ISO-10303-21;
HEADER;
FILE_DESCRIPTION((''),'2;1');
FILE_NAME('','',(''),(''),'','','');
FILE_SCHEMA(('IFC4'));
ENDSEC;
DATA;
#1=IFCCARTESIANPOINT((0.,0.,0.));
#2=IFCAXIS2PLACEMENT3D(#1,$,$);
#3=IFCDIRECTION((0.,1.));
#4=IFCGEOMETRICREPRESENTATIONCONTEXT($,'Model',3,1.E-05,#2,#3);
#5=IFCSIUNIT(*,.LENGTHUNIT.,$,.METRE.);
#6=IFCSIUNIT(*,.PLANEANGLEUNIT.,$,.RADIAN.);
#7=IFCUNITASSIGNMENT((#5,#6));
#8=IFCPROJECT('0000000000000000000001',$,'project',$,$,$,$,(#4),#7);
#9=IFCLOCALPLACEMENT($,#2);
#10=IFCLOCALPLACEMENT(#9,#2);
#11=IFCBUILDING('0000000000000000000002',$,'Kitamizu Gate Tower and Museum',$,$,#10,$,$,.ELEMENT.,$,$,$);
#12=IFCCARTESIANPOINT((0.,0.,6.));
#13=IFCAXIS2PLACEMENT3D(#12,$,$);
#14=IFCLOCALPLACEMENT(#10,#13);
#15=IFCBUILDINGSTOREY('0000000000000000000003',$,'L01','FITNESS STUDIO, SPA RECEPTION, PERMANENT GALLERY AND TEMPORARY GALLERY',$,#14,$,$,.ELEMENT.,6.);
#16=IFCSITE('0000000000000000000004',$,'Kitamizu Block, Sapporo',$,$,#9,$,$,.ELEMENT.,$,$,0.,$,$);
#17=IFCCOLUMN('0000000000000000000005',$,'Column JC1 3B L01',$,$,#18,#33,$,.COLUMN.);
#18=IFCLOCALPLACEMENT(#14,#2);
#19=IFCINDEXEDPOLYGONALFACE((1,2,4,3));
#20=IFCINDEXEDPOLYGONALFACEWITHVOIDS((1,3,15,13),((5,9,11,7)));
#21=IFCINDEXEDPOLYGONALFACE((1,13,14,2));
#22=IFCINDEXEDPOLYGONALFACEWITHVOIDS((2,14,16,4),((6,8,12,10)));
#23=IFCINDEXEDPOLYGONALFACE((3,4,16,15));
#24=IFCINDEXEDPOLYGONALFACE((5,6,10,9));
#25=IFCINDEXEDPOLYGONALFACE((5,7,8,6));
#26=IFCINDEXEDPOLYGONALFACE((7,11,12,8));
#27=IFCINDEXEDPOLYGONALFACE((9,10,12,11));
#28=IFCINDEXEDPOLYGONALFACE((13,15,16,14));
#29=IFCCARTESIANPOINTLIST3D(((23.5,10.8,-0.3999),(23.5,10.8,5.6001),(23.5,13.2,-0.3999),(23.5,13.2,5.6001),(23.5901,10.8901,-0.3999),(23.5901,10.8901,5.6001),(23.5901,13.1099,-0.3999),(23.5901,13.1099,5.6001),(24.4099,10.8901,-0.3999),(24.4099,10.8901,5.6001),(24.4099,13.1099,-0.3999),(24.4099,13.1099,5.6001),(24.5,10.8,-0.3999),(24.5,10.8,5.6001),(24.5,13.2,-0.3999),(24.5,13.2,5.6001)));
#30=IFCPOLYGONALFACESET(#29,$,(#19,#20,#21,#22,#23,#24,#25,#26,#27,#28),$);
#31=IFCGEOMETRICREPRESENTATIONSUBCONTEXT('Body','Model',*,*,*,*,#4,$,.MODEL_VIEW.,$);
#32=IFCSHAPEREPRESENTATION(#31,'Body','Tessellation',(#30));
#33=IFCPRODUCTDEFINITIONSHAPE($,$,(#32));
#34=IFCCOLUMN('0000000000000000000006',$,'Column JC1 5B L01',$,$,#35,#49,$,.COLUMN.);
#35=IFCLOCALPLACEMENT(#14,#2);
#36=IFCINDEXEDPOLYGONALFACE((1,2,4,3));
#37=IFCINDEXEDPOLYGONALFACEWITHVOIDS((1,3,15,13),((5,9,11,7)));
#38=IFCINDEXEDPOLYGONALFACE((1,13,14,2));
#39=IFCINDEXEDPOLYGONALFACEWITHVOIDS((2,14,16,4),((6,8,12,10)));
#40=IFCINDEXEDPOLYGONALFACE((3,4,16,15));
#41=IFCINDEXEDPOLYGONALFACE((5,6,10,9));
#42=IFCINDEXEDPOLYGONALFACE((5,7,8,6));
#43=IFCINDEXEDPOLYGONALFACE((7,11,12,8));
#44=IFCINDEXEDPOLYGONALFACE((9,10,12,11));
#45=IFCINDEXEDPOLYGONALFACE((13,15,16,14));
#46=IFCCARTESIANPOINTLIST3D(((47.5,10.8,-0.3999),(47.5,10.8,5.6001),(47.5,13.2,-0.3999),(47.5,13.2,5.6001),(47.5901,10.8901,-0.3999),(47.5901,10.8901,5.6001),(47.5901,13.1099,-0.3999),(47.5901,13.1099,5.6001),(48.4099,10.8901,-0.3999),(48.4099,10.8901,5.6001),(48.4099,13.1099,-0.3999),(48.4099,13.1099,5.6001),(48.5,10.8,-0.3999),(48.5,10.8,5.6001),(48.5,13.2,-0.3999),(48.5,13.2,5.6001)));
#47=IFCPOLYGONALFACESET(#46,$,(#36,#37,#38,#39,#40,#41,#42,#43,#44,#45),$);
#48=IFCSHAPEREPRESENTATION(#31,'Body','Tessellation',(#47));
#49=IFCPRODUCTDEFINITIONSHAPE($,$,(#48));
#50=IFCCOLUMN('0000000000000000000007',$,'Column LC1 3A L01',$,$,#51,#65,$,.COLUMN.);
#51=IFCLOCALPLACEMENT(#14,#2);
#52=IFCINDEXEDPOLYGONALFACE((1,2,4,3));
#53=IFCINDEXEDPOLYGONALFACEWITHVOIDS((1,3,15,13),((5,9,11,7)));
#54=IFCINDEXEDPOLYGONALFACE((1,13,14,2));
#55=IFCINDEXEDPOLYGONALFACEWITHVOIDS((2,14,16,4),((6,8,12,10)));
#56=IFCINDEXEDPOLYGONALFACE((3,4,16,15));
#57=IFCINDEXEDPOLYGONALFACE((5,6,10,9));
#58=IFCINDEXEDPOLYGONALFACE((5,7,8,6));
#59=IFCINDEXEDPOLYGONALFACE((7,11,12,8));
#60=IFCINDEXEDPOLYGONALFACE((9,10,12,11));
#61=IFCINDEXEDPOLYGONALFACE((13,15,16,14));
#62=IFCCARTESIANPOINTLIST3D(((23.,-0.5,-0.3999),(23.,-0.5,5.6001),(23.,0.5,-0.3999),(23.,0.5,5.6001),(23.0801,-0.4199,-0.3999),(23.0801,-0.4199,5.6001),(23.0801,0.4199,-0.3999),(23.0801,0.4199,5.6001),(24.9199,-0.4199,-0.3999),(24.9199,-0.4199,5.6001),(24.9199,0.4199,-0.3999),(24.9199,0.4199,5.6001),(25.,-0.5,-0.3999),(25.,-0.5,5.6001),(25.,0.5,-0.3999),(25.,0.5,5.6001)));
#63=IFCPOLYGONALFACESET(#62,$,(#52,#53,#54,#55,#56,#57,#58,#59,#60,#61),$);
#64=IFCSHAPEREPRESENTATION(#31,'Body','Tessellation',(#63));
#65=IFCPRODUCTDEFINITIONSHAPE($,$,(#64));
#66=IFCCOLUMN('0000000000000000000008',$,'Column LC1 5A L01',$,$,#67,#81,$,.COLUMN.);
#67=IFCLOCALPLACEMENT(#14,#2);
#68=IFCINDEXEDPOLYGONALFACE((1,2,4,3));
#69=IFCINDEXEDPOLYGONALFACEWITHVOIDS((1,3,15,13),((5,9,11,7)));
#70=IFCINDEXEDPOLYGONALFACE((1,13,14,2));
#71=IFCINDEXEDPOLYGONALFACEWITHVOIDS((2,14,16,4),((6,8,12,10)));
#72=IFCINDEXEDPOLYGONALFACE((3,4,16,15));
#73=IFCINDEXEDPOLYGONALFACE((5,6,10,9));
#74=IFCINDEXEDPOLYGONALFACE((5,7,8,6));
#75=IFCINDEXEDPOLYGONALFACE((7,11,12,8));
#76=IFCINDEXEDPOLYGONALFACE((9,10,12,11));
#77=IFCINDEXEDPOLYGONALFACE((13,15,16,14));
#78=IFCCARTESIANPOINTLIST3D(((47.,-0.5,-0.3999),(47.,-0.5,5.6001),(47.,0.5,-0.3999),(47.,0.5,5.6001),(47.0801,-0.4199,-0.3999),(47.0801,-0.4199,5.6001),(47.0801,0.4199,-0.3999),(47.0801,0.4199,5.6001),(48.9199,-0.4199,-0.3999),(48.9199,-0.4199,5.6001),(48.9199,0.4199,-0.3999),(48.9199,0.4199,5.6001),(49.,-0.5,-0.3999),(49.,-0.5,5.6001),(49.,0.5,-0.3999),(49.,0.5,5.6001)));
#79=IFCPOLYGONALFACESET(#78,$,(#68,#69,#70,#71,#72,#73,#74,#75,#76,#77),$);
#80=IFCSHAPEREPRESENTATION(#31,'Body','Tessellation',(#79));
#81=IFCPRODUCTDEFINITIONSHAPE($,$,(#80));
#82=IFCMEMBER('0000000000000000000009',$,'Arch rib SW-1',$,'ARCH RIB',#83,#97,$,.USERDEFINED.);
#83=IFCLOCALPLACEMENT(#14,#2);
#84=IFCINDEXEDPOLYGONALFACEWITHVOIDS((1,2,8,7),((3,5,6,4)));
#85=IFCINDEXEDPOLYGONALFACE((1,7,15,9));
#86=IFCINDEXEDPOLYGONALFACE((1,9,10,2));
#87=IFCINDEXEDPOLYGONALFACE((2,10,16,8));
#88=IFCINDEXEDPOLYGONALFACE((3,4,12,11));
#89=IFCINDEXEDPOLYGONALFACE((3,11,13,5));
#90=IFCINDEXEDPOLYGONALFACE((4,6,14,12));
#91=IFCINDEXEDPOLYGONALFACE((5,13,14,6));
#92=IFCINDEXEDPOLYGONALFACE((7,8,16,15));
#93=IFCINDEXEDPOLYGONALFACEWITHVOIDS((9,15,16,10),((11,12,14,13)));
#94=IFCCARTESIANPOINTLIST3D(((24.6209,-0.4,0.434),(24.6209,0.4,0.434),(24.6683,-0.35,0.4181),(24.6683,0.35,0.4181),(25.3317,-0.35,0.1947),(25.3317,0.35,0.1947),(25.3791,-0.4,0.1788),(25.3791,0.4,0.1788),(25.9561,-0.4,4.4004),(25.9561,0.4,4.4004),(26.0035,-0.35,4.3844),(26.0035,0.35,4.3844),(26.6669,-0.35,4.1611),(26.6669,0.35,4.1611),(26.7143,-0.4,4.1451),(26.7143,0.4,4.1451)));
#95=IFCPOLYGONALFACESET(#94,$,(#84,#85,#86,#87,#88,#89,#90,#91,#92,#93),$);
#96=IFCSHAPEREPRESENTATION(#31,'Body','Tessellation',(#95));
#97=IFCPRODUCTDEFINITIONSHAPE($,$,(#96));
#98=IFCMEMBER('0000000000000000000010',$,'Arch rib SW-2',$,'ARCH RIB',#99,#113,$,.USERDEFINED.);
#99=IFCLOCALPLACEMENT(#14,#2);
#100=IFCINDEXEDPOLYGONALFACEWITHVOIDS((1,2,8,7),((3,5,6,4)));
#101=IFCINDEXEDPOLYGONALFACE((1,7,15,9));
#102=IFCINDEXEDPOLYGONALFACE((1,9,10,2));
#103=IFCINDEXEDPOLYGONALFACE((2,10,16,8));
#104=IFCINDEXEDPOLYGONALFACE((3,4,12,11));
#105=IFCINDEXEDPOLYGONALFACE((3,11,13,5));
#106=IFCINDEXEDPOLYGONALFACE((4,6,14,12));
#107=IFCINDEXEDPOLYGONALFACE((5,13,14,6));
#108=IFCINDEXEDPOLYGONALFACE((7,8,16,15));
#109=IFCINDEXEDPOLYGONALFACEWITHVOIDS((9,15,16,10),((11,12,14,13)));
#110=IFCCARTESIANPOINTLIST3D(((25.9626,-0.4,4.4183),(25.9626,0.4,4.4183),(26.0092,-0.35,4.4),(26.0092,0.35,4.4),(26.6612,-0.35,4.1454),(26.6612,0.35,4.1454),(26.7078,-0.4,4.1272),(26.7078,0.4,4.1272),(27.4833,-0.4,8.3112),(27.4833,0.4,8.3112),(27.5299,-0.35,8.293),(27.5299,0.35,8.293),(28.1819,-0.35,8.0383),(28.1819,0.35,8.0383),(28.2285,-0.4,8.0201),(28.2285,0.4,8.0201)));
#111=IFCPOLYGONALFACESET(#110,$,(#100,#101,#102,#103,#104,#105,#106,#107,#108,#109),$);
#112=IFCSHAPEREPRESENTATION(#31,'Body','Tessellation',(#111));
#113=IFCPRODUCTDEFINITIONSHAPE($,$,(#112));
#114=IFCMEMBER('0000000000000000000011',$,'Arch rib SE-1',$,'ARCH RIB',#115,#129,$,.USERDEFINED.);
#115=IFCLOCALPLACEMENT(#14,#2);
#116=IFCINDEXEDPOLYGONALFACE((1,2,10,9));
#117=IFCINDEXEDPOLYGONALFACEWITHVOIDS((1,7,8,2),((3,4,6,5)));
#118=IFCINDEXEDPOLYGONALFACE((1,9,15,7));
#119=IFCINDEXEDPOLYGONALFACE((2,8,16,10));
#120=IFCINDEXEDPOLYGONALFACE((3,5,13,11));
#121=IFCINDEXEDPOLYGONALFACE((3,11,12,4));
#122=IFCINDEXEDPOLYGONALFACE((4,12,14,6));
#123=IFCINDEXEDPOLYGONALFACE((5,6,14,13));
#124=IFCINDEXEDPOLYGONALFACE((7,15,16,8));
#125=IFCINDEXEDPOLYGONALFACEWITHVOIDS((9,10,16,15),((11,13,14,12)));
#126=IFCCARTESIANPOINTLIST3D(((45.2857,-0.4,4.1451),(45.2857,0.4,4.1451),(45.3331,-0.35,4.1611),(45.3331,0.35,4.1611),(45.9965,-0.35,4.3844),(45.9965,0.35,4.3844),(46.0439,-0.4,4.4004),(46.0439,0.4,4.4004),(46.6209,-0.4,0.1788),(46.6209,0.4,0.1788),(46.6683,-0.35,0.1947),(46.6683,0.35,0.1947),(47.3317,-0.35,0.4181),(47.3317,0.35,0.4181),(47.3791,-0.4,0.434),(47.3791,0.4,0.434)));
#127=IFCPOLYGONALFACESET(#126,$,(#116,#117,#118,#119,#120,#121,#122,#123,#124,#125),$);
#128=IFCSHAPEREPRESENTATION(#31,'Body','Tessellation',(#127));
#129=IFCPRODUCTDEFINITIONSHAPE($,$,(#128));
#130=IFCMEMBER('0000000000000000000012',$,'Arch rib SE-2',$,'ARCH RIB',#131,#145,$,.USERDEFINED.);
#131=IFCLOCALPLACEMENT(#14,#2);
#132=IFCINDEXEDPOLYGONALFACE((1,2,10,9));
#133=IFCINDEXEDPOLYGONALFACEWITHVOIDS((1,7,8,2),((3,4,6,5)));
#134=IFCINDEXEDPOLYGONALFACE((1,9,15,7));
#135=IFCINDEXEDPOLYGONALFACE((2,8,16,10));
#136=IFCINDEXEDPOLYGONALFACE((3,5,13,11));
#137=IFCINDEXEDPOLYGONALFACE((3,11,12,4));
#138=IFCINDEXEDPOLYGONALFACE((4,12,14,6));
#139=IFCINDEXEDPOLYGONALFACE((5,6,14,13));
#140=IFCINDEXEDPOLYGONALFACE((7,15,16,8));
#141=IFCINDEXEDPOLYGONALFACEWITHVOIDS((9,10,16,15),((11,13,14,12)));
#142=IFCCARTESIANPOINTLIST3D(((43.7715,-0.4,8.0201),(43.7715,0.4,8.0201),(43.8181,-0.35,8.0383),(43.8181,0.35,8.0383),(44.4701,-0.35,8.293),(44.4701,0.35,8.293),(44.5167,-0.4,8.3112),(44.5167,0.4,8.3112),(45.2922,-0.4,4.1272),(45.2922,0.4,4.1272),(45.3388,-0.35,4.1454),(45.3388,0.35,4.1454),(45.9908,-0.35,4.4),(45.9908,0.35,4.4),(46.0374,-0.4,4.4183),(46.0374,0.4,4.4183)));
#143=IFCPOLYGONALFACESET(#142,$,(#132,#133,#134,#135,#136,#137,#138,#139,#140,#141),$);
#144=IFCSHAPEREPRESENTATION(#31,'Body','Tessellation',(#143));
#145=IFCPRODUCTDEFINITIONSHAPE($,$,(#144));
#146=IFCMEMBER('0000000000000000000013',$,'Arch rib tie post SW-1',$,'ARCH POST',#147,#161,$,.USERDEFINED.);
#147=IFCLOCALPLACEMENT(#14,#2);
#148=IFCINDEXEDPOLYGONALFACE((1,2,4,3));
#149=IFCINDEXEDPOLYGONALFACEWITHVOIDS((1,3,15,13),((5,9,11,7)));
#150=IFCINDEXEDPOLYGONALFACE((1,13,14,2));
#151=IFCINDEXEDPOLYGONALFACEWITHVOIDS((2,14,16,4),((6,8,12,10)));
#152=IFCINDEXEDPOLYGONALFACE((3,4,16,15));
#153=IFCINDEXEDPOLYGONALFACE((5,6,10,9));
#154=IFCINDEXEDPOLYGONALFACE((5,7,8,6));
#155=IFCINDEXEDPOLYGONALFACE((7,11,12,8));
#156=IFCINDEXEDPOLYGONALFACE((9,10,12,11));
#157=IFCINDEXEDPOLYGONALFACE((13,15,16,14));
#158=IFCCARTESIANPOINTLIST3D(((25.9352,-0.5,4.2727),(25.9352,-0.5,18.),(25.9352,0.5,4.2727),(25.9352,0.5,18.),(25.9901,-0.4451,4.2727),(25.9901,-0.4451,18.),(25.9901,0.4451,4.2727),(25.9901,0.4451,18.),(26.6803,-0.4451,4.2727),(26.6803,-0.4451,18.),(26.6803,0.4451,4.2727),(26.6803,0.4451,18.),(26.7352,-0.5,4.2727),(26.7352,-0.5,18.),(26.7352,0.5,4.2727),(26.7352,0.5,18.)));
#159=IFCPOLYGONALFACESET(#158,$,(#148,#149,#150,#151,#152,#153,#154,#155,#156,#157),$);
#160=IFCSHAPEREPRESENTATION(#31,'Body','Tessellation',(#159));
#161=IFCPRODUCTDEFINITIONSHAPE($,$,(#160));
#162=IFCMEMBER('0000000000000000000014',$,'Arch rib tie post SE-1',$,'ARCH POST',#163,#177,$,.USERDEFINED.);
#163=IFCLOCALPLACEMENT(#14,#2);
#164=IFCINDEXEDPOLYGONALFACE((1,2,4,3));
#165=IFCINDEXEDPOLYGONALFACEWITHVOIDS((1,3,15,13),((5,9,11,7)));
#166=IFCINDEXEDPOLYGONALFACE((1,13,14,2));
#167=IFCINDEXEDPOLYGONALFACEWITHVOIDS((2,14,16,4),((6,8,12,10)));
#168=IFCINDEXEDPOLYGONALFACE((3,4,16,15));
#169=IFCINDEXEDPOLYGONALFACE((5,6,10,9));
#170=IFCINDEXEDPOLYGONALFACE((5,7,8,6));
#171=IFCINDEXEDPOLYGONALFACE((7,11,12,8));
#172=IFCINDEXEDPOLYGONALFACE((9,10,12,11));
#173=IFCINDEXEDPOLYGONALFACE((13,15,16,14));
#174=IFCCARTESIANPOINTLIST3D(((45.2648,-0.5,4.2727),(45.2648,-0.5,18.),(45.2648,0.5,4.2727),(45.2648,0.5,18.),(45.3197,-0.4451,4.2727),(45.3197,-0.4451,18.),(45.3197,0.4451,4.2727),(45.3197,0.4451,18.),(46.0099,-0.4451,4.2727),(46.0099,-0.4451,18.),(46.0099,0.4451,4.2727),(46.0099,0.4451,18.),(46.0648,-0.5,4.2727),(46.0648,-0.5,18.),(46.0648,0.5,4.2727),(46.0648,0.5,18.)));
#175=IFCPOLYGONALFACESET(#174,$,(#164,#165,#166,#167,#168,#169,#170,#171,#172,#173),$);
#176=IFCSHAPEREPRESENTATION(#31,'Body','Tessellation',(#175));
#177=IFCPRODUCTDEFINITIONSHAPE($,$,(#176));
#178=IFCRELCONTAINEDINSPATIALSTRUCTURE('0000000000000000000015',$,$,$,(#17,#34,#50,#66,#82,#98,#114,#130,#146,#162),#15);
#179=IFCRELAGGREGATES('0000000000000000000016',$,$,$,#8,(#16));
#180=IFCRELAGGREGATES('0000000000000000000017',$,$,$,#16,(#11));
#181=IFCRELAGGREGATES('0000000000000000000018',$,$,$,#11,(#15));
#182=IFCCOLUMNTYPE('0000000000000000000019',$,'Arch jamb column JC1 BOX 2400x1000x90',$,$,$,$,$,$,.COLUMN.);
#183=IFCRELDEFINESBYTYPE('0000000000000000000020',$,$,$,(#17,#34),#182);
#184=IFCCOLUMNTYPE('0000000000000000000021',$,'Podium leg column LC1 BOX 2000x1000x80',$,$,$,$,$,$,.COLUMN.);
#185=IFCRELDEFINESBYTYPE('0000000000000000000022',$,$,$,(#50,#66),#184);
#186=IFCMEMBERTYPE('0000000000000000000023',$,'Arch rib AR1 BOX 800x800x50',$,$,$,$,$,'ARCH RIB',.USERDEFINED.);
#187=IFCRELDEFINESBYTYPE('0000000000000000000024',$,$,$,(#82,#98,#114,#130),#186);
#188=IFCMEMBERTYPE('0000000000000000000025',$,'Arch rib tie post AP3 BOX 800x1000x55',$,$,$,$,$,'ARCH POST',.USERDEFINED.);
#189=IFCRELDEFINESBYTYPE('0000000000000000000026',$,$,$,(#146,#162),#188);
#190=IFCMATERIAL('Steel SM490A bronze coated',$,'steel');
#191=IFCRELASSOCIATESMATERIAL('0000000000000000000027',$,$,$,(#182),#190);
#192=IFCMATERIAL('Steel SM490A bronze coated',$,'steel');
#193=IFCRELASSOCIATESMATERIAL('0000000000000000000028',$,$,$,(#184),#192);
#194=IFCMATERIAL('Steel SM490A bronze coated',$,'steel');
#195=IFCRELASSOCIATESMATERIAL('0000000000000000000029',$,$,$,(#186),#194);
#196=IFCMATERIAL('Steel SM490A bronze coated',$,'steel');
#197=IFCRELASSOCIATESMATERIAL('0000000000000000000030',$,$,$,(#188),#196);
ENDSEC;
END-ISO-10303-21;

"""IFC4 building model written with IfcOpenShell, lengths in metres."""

from ifc_helpers import new_model, si_unit, direction, frame, origin, origin_2d, place, context, subcontext, project, spatial, hollow_rectangle, extrude, material, material_profile, profile_set, type_object, element, save


model = new_model("IFC4")

# Units and contexts
model_context = context("Model", 3, precision=1e-05, world=origin(), true_north=direction((0.0, 1.0)))
body_context = subcontext(model_context, "Body", "Model", "MODEL_VIEW")
ifc_project = project(units=[si_unit("LENGTHUNIT", "METRE"), si_unit("PLANEANGLEUNIT", "RADIAN")], contexts=[model_context])

# Site, building, storey
site_placement = place(None, origin())
site = spatial("IfcSite", under=ifc_project, at=site_placement, Name="Kitamizu Block, Sapporo", CompositionType="ELEMENT", RefElevation=0.0)
building_placement = place(site_placement, origin())
building = spatial("IfcBuilding", under=site, at=building_placement, Name="Kitamizu Gate Tower and Museum", CompositionType="ELEMENT")
storey_placement = place(building_placement, frame((0.0, 0.0, 6.0)))
storey = spatial("IfcBuildingStorey", under=building, at=storey_placement, Name="L01", Description="FITNESS STUDIO, SPA RECEPTION, PERMANENT GALLERY AND TEMPORARY GALLERY", CompositionType="ELEMENT", Elevation=6.0)

# Columns
ifc_material_1 = material(Name="Steel SM490A bronze coated", Category="steel")
ifc_material_profile_1 = material_profile(ifc_material_1, hollow_rectangle(XDim=2.3999, YDim=1.0, WallThickness=0.0901, at=origin_2d()), Name="BOX 2400x1000x90")
ifc_profile_set_1 = profile_set([ifc_material_profile_1], Name="Steel SM490A bronze coated")
column_type_1 = type_object("IfcColumnType", Name="Arch jamb column JC1 BOX 2400x1000x90", PredefinedType="COLUMN", material=ifc_profile_set_1)
for number, where, z_axis, x_axis, name in (
    (1, (24.0, 12.0, -0.3999), (0.0, 0.0, 1.0), (0.0, 1.0, 0.0), "Column JC1 3B L01"),
    (2, (48.0, 12.0, -0.3999), (0.0, 0.0, 1.0), (0.0, 1.0, 0.0), "Column JC1 5B L01"),
):
    element("IfcColumn", number, at=place(storey_placement, frame(where, z_axis=z_axis, x_axis=x_axis)), inside=storey, type_object=column_type_1, Name=name, PredefinedType="COLUMN", context=body_context, shape_type="SweptSolid", body=[
        extrude(hollow_rectangle(XDim=2.3999, YDim=1.0, WallThickness=0.0901, at=origin_2d()), origin(), (0.0, 0.0, 1.0), 6.0),
    ])
ifc_material_2 = material(Name="Steel SM490A bronze coated", Category="steel")
ifc_material_profile_2 = material_profile(ifc_material_2, hollow_rectangle(XDim=2.0, YDim=1.0, WallThickness=0.0801, at=origin_2d()), Name="BOX 2000x1000x80")
ifc_profile_set_2 = profile_set([ifc_material_profile_2], Name="Steel SM490A bronze coated")
column_type_2 = type_object("IfcColumnType", Name="Podium leg column LC1 BOX 2000x1000x80", PredefinedType="COLUMN", material=ifc_profile_set_2)
for number, where, z_axis, x_axis, name in (
    (3, (24.0, 0.0, -0.3999), (0.0, 0.0, 1.0), (1.0, 0.0, 0.0), "Column LC1 3A L01"),
    (4, (48.0, 0.0, -0.3999), (0.0, 0.0, 1.0), (1.0, 0.0, 0.0), "Column LC1 5A L01"),
):
    element("IfcColumn", number, at=place(storey_placement, frame(where, z_axis=z_axis, x_axis=x_axis)), inside=storey, type_object=column_type_2, Name=name, PredefinedType="COLUMN", context=body_context, shape_type="SweptSolid", body=[
        extrude(hollow_rectangle(XDim=2.0, YDim=1.0, WallThickness=0.0801, at=origin_2d()), origin(), (0.0, 0.0, 1.0), 6.0),
    ])

# Members
ifc_material_3 = material(Name="Steel SM490A bronze coated", Category="steel")
ifc_material_profile_3 = material_profile(ifc_material_3, hollow_rectangle(XDim=0.8, YDim=0.8, WallThickness=0.05, at=origin_2d()), Name="BOX 800x800x50")
ifc_profile_set_3 = profile_set([ifc_material_profile_3], Name="Steel SM490A bronze coated")
member_type_1 = type_object("IfcMemberType", Name="Arch rib AR1 BOX 800x800x50", ElementType="ARCH RIB", PredefinedType="USERDEFINED", material=ifc_profile_set_3)
member_1_placement = place(storey_placement, frame((25.0, 0.0, 0.3064), z_axis=(0.319044, 0.0, 0.94774), x_axis=(0.0, 1.0, 0.0)))
element("IfcMember", 5, at=member_1_placement, inside=storey, type_object=member_type_1, Name="Arch rib SW-1", ObjectType="ARCH RIB", PredefinedType="USERDEFINED", context=body_context, shape_type="SweptSolid", body=[
    extrude(hollow_rectangle(XDim=0.8, YDim=0.8, WallThickness=0.05, at=origin_2d()), origin(), (0.0, 0.0, 1.0), 4.1851),
])
member_2_placement = place(storey_placement, frame((26.3352, 0.0, 4.2727), z_axis=(0.363855, 0.0, 0.931455), x_axis=(0.0, 1.0, 0.0)))
element("IfcMember", 6, at=member_2_placement, inside=storey, type_object=member_type_1, Name="Arch rib SW-2", ObjectType="ARCH RIB", PredefinedType="USERDEFINED", context=body_context, shape_type="SweptSolid", body=[
    extrude(hollow_rectangle(XDim=0.8, YDim=0.8, WallThickness=0.05, at=origin_2d()), origin(), (0.0, 0.0, 1.0), 4.1794),
])
member_3_placement = place(storey_placement, frame((47.0, 0.0, 0.3064), z_axis=(-0.319044, 0.0, 0.94774), x_axis=(0.0, -1.0, 0.0)))
element("IfcMember", 7, at=member_3_placement, inside=storey, type_object=member_type_1, Name="Arch rib SE-1", ObjectType="ARCH RIB", PredefinedType="USERDEFINED", context=body_context, shape_type="SweptSolid", body=[
    extrude(hollow_rectangle(XDim=0.8, YDim=0.8, WallThickness=0.05, at=origin_2d()), origin(), (0.0, 0.0, 1.0), 4.1851),
])
member_4_placement = place(storey_placement, frame((45.6648, 0.0, 4.2727), z_axis=(-0.363855, 0.0, 0.931455), x_axis=(0.0, -1.0, 0.0)))
element("IfcMember", 8, at=member_4_placement, inside=storey, type_object=member_type_1, Name="Arch rib SE-2", ObjectType="ARCH RIB", PredefinedType="USERDEFINED", context=body_context, shape_type="SweptSolid", body=[
    extrude(hollow_rectangle(XDim=0.8, YDim=0.8, WallThickness=0.05, at=origin_2d()), origin(), (0.0, 0.0, 1.0), 4.1794),
])
ifc_material_4 = material(Name="Steel SM490A bronze coated", Category="steel")
ifc_material_profile_4 = material_profile(ifc_material_4, hollow_rectangle(XDim=0.8, YDim=1.0, WallThickness=0.0549, at=origin_2d()), Name="BOX 800x1000x55")
ifc_profile_set_4 = profile_set([ifc_material_profile_4], Name="Steel SM490A bronze coated")
member_type_2 = type_object("IfcMemberType", Name="Arch rib tie post AP3 BOX 800x1000x55", ElementType="ARCH POST", PredefinedType="USERDEFINED", material=ifc_profile_set_4)
for number, where, z_axis, x_axis, name in (
    (9, (26.3352, 0.0, 4.2727), (0.0, 0.0, 1.0), (1.0, 0.0, 0.0), "Arch rib tie post SW-1"),
    (10, (45.6648, 0.0, 4.2727), (0.0, 0.0, 1.0), (1.0, 0.0, 0.0), "Arch rib tie post SE-1"),
):
    element("IfcMember", number, at=place(storey_placement, frame(where, z_axis=z_axis, x_axis=x_axis)), inside=storey, type_object=member_type_2, Name=name, ObjectType="ARCH POST", PredefinedType="USERDEFINED", context=body_context, shape_type="SweptSolid", body=[
        extrude(hollow_rectangle(XDim=0.8, YDim=1.0, WallThickness=0.0549, at=origin_2d()), origin(), (0.0, 0.0, 1.0), 13.7273),
    ])

save(model, "model.ifc")
